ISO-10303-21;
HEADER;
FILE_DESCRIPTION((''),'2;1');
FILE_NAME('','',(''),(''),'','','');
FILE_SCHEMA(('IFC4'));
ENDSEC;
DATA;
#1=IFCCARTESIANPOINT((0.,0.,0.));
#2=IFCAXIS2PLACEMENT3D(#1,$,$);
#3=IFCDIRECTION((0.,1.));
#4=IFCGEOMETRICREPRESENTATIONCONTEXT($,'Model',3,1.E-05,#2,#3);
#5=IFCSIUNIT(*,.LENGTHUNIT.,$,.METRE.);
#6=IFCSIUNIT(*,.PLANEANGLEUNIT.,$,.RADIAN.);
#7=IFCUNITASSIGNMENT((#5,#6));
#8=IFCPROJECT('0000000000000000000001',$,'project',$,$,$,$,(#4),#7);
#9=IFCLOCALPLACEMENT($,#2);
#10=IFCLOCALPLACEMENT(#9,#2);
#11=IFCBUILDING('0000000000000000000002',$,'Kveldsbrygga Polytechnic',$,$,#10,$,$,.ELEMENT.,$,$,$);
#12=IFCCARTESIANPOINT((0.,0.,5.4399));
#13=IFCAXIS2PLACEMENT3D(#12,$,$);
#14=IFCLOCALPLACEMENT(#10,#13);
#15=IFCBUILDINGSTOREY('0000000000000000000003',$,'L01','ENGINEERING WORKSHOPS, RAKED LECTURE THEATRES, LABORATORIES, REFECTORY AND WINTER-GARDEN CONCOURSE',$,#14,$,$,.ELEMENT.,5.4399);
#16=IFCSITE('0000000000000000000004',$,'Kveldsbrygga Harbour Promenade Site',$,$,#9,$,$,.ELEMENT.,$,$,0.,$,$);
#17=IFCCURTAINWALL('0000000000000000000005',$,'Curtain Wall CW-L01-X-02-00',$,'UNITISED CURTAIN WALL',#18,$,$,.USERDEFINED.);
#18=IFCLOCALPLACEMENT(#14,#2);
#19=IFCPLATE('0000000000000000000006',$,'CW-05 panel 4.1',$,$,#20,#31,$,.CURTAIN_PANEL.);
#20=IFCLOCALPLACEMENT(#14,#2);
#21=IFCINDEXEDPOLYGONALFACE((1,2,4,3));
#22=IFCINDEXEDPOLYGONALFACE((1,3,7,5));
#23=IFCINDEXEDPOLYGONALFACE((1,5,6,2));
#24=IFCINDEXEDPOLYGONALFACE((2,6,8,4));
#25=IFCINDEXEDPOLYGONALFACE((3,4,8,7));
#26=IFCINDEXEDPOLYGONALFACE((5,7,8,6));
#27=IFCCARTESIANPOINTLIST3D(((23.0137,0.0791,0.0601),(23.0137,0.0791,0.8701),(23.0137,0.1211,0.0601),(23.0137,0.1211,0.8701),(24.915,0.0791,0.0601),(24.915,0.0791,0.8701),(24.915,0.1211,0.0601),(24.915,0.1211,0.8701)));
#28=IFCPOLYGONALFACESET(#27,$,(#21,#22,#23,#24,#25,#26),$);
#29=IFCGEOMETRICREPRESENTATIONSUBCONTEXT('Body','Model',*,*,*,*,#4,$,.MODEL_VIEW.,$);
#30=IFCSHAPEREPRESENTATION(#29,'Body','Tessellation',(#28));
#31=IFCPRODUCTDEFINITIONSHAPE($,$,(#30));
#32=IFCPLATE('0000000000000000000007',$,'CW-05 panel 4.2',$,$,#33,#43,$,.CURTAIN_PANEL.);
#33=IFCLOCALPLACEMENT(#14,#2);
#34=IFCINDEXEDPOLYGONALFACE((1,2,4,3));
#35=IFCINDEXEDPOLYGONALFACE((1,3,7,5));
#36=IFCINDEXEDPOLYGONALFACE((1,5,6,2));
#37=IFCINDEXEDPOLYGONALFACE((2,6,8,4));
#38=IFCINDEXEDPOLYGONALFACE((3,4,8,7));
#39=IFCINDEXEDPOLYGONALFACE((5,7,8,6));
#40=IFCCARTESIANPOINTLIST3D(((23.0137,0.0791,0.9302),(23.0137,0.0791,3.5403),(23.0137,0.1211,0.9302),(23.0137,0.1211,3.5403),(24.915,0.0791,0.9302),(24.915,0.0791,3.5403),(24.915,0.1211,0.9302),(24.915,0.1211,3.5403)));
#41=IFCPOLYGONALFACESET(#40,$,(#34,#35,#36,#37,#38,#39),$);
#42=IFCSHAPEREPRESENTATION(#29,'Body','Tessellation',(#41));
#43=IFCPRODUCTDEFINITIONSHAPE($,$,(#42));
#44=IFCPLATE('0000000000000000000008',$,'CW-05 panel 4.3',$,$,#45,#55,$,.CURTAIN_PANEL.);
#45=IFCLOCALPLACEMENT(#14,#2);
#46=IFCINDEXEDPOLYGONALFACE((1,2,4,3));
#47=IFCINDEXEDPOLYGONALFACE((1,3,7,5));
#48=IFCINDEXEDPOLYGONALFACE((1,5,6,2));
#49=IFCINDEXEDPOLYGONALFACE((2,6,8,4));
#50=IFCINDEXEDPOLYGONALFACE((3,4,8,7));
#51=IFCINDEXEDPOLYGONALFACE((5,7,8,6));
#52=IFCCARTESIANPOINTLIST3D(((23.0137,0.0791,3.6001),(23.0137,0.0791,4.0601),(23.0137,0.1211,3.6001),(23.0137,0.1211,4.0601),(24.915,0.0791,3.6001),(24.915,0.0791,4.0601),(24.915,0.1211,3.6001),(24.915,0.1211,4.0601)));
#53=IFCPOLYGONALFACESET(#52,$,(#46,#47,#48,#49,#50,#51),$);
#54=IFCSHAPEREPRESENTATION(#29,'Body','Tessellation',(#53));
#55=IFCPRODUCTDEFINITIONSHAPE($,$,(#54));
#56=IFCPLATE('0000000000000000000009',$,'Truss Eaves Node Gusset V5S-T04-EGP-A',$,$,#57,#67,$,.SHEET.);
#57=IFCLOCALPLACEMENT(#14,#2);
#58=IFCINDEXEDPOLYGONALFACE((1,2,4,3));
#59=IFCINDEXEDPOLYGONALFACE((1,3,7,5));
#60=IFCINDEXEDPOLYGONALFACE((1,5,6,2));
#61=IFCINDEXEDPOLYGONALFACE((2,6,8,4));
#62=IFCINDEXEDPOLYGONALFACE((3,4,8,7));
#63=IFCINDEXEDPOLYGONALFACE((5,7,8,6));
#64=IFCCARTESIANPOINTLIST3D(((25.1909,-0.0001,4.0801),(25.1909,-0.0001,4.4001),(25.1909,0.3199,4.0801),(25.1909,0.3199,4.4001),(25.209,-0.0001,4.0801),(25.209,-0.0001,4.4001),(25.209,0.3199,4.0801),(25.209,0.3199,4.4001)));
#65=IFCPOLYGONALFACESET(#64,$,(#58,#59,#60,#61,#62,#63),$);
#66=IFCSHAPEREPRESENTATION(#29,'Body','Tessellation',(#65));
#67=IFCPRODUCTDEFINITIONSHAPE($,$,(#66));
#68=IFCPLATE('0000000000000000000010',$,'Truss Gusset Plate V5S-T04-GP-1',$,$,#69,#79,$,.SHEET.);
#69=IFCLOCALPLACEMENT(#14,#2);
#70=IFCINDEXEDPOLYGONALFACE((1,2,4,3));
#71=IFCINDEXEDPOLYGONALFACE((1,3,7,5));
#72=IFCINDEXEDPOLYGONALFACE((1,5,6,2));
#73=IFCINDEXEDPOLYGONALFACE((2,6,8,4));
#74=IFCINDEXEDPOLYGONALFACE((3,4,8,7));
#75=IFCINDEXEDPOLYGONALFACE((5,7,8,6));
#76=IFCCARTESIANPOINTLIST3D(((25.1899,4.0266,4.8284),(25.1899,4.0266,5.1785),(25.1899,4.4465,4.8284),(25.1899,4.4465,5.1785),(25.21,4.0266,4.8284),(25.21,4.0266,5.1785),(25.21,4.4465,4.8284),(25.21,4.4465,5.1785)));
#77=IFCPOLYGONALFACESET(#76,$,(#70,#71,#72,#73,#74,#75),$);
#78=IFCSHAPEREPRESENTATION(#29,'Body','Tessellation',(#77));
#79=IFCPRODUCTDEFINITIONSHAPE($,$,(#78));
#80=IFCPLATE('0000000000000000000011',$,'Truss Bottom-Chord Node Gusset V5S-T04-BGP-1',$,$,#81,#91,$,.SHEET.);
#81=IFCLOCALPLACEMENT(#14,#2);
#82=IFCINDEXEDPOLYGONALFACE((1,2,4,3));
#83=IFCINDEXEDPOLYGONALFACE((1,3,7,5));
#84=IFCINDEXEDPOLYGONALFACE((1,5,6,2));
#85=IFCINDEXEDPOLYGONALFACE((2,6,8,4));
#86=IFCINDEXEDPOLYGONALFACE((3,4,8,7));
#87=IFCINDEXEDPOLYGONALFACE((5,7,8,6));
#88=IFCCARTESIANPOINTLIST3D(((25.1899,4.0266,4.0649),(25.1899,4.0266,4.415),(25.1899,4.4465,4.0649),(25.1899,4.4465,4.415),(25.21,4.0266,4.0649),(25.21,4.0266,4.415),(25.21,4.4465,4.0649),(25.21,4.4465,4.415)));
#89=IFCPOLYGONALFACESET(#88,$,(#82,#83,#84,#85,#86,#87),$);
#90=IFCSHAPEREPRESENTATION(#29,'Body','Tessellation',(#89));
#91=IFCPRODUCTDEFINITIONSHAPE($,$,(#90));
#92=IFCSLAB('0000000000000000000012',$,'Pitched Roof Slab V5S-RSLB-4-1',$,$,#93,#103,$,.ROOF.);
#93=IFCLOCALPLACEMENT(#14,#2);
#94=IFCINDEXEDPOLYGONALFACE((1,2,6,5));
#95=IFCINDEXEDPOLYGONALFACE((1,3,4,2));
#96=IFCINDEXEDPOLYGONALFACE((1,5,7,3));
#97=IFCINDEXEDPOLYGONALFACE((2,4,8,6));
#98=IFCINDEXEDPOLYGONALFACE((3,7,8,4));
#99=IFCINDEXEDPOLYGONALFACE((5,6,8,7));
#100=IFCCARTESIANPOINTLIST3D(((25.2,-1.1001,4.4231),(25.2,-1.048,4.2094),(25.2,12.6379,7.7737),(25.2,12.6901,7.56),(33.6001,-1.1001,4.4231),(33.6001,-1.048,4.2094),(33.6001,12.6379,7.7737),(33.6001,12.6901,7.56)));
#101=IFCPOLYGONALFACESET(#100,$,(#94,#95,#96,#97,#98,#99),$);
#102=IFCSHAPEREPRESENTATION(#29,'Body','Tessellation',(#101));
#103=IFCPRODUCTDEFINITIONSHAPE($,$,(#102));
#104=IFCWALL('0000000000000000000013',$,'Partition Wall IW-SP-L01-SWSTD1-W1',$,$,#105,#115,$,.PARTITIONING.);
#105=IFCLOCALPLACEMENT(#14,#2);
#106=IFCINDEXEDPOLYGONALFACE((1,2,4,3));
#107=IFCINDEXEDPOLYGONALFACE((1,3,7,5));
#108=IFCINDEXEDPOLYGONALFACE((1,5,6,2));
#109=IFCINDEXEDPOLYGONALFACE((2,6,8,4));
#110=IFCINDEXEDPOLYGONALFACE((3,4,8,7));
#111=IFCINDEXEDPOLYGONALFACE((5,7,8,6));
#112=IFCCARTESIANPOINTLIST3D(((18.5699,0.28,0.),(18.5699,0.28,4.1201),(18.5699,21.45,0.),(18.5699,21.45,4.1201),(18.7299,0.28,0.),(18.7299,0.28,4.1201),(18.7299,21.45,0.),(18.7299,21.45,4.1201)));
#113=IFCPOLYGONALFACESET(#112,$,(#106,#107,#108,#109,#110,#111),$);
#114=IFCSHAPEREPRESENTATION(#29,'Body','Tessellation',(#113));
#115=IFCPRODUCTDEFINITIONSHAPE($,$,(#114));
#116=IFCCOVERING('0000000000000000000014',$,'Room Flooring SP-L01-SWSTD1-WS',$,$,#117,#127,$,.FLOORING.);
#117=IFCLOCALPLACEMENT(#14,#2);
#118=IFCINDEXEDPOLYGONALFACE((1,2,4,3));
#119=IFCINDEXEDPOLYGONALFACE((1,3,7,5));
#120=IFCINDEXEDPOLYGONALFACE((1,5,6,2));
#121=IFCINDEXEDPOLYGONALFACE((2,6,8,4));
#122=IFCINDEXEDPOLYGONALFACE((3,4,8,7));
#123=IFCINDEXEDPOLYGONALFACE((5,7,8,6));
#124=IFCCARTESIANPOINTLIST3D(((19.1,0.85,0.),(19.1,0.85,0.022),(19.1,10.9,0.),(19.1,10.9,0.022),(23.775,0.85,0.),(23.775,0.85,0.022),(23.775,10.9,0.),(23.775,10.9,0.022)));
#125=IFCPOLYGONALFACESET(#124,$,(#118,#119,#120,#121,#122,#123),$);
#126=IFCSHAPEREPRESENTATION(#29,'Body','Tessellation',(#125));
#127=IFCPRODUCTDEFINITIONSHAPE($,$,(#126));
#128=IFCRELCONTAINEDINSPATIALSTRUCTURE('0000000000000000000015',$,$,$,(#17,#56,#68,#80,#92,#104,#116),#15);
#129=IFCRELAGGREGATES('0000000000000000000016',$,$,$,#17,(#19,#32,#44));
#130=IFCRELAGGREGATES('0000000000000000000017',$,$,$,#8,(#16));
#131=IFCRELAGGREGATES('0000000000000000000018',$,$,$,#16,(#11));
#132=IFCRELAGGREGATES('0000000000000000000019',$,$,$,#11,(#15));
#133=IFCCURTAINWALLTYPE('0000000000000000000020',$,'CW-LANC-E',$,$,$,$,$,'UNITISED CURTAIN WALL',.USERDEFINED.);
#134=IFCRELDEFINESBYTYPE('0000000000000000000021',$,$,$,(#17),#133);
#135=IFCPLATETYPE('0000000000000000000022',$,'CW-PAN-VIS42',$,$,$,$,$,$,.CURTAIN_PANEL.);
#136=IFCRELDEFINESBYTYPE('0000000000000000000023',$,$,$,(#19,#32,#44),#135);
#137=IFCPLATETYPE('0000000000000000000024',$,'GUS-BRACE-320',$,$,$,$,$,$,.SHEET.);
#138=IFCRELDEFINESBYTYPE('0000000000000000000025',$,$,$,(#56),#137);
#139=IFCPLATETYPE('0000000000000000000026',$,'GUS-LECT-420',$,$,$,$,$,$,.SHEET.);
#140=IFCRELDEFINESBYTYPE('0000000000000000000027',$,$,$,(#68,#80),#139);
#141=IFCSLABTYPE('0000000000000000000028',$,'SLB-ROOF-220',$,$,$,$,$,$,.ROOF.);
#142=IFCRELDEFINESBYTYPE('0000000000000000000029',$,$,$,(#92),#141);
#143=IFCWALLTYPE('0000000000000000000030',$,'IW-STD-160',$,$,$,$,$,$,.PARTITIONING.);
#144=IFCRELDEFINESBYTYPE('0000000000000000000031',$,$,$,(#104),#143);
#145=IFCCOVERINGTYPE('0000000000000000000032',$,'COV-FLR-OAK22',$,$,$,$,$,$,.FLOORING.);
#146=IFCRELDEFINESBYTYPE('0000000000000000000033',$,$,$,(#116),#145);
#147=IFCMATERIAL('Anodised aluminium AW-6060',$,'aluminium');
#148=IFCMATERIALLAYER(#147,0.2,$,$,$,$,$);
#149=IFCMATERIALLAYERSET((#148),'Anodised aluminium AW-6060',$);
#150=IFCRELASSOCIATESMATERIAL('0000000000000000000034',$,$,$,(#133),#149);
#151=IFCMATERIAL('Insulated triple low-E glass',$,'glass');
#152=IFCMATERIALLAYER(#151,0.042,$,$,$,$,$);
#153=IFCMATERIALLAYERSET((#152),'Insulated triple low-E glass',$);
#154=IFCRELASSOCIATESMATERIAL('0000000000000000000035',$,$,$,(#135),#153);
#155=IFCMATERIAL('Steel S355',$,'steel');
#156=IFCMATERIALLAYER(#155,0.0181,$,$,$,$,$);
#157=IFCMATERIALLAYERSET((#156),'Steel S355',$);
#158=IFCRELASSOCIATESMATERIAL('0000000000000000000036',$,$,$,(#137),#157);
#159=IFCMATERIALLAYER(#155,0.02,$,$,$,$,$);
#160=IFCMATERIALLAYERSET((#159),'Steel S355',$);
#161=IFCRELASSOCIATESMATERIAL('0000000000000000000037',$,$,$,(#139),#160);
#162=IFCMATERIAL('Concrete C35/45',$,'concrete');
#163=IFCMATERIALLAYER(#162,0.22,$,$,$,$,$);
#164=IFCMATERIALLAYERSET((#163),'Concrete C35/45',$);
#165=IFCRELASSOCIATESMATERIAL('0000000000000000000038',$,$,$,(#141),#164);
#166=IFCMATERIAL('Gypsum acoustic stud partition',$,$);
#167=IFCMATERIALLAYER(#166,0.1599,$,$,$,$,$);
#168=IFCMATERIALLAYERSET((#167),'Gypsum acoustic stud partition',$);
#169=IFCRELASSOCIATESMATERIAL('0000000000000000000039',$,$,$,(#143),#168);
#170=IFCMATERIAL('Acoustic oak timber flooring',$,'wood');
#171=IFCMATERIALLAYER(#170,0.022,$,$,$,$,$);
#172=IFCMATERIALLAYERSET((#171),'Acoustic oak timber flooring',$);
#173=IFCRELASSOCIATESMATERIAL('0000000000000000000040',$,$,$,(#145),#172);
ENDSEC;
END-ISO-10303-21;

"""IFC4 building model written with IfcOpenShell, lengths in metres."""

from ifc_helpers import new_model, si_unit, direction, frame, frame_2d, origin, origin_2d, place, context, subcontext, project, spatial, polyline, rectangle, outline, extrude, material, layer, layer_set, type_object, element, aggregate, save


model = new_model("IFC4")

# Units and contexts
model_context = context("Model", 3, precision=1e-05, world=origin(), true_north=direction((0.0, 1.0)))
body_context = subcontext(model_context, "Body", "Model", "MODEL_VIEW")
ifc_project = project(units=[si_unit("LENGTHUNIT", "METRE"), si_unit("PLANEANGLEUNIT", "RADIAN")], contexts=[model_context])

# Site, building, storey
site_placement = place(None, origin())
site = spatial("IfcSite", under=ifc_project, at=site_placement, Name="Kveldsbrygga Harbour Promenade Site", CompositionType="ELEMENT", RefElevation=0.0)
building_placement = place(site_placement, origin())
building = spatial("IfcBuilding", under=site, at=building_placement, Name="Kveldsbrygga Polytechnic", CompositionType="ELEMENT")
storey_placement = place(building_placement, frame((0.0, 0.0, 5.4399)))
storey = spatial("IfcBuildingStorey", under=building, at=storey_placement, Name="L01", Description="ENGINEERING WORKSHOPS, RAKED LECTURE THEATRES, LABORATORIES, REFECTORY AND WINTER-GARDEN CONCOURSE", CompositionType="ELEMENT", Elevation=5.4399)

# Curtain wall
ifc_material_1 = material(Name="Anodised aluminium AW-6060", Category="aluminium")
ifc_layer_1 = layer(ifc_material_1, 0.2)
ifc_layer_set_1 = layer_set([ifc_layer_1], Name="Anodised aluminium AW-6060")
curtain_wall_type = type_object("IfcCurtainWallType", Name="CW-LANC-E", ElementType="UNITISED CURTAIN WALL", PredefinedType="USERDEFINED", material=ifc_layer_set_1)
curtain_wall_placement = place(storey_placement, origin())
curtain_wall = element("IfcCurtainWall", 1, at=curtain_wall_placement, inside=storey, type_object=curtain_wall_type, Name="Curtain Wall CW-L01-X-02-00", ObjectType="UNITISED CURTAIN WALL", PredefinedType="USERDEFINED")

# Shared definitions
ifc_material_2 = material(Name="Steel S355", Category="steel")

# Plates
ifc_material_3 = material(Name="Insulated triple low-E glass", Category="glass")
ifc_layer_2 = layer(ifc_material_3, 0.042)
ifc_layer_set_2 = layer_set([ifc_layer_2], Name="Insulated triple low-E glass")
plate_type_1 = type_object("IfcPlateType", Name="CW-PAN-VIS42", PredefinedType="CURTAIN_PANEL", material=ifc_layer_set_2)
plate_1_placement = place(storey_placement, frame((23.9644, 0.1001, 0.0601), z_axis=(0.0, 0.0, 1.0), x_axis=(1.0, 0.0, 0.0)))
plate_1 = element("IfcPlate", 2, at=plate_1_placement, type_object=plate_type_1, Name="CW-05 panel 4.1", PredefinedType="CURTAIN_PANEL", context=body_context, shape_type="SweptSolid", body=[
    extrude(rectangle(XDim=1.9014, YDim=0.042, at=origin_2d()), origin(), (0.0, 0.0, 1.0), 0.8101),
])
plate_2_placement = place(storey_placement, frame((23.9644, 0.1001, 0.9302), z_axis=(0.0, 0.0, 1.0), x_axis=(1.0, 0.0, 0.0)))
plate_2 = element("IfcPlate", 3, at=plate_2_placement, type_object=plate_type_1, Name="CW-05 panel 4.2", PredefinedType="CURTAIN_PANEL", context=body_context, shape_type="SweptSolid", body=[
    extrude(rectangle(XDim=1.9014, YDim=0.042, at=origin_2d()), origin(), (0.0, 0.0, 1.0), 2.6101),
])
plate_3_placement = place(storey_placement, frame((23.9644, 0.1001, 3.6001), z_axis=(0.0, 0.0, 1.0), x_axis=(1.0, 0.0, 0.0)))
plate_3 = element("IfcPlate", 4, at=plate_3_placement, type_object=plate_type_1, Name="CW-05 panel 4.3", PredefinedType="CURTAIN_PANEL", context=body_context, shape_type="SweptSolid", body=[
    extrude(rectangle(XDim=1.9014, YDim=0.042, at=origin_2d()), origin(), (0.0, 0.0, 1.0), 0.46),
])
aggregate(curtain_wall, [plate_1, plate_2, plate_3])

# Plates
ifc_layer_3 = layer(ifc_material_2, 0.0181)
ifc_layer_set_3 = layer_set([ifc_layer_3], Name="Steel S355")
plate_type_2 = type_object("IfcPlateType", Name="GUS-BRACE-320", PredefinedType="SHEET", material=ifc_layer_set_3)
plate_4_placement = place(storey_placement, frame((25.2, 0.1599, 4.0801), z_axis=(0.0, 0.0, 1.0), x_axis=(1.0, 0.0, 0.0)))
element("IfcPlate", 5, at=plate_4_placement, inside=storey, type_object=plate_type_2, Name="Truss Eaves Node Gusset V5S-T04-EGP-A", PredefinedType="SHEET", context=body_context, shape_type="SweptSolid", body=[
    extrude(rectangle(XDim=0.0181, YDim=0.3201, at=origin_2d()), origin(), (0.0, 0.0, 1.0), 0.3201),
])
ifc_layer_4 = layer(ifc_material_2, 0.02)
ifc_layer_set_4 = layer_set([ifc_layer_4], Name="Steel S355")
plate_type_3 = type_object("IfcPlateType", Name="GUS-LECT-420", PredefinedType="SHEET", material=ifc_layer_set_4)
for number, where, z_axis, x_axis, name in (
    (6, (25.2, 4.2366, 4.8284), (0.0, 0.0, 1.0), (1.0, 0.0, 0.0), "Truss Gusset Plate V5S-T04-GP-1"),
    (7, (25.2, 4.2366, 4.0649), (0.0, 0.0, 1.0), (1.0, 0.0, 0.0), "Truss Bottom-Chord Node Gusset V5S-T04-BGP-1"),
):
    element("IfcPlate", number, at=place(storey_placement, frame(where, z_axis=z_axis, x_axis=x_axis)), inside=storey, type_object=plate_type_3, Name=name, PredefinedType="SHEET", context=body_context, shape_type="SweptSolid", body=[
        extrude(rectangle(XDim=0.02, YDim=0.4199, at=origin_2d()), origin(), (0.0, 0.0, 1.0), 0.3501),
    ])

# Slab
ifc_material_4 = material(Name="Concrete C35/45", Category="concrete")
ifc_layer_5 = layer(ifc_material_4, 0.22)
ifc_layer_set_5 = layer_set([ifc_layer_5], Name="Concrete C35/45")
slab_type = type_object("IfcSlabType", Name="SLB-ROOF-220", PredefinedType="ROOF", material=ifc_layer_set_5)
slab_placement = place(storey_placement, frame((25.2, -1.1001, 4.4231), z_axis=(0.0, -0.236946, 0.971523), x_axis=(1.0, 0.0, 0.0)))
element("IfcSlab", 8, at=slab_placement, inside=storey, type_object=slab_type, Name="Pitched Roof Slab V5S-RSLB-4-1", PredefinedType="ROOF", context=body_context, shape_type="SweptSolid", body=[
    extrude(outline(polyline([(0.0, 0.0), (8.4001, 0.0), (8.4001, 14.1407), (0.0, 14.1407), (0.0, 0.0)])), origin(), (0.0, 0.0, -1.0), 0.22),
])

# Wall
ifc_material_5 = material(Name="Gypsum acoustic stud partition")
ifc_layer_6 = layer(ifc_material_5, 0.1599)
ifc_layer_set_6 = layer_set([ifc_layer_6], Name="Gypsum acoustic stud partition")
wall_type = type_object("IfcWallType", Name="IW-STD-160", PredefinedType="PARTITIONING", material=ifc_layer_set_6)
wall_placement = place(storey_placement, frame((18.6499, 0.28, 0.0), z_axis=(0.0, 0.0, 1.0), x_axis=(0.0, 1.0, 0.0)))
element("IfcWall", 9, at=wall_placement, inside=storey, type_object=wall_type, Name="Partition Wall IW-SP-L01-SWSTD1-W1", PredefinedType="PARTITIONING", context=body_context, shape_type="SweptSolid", body=[
    extrude(rectangle(XDim=21.1699, YDim=0.1599, at=frame_2d((10.585, 0.0))), origin(), (0.0, 0.0, 1.0), 4.1201),
])

# Covering
ifc_material_6 = material(Name="Acoustic oak timber flooring", Category="wood")
ifc_layer_7 = layer(ifc_material_6, 0.022)
ifc_layer_set_7 = layer_set([ifc_layer_7], Name="Acoustic oak timber flooring")
covering_type = type_object("IfcCoveringType", Name="COV-FLR-OAK22", PredefinedType="FLOORING", material=ifc_layer_set_7)
covering_placement = place(storey_placement, frame((21.4375, 5.875, 0.0), z_axis=(0.0, 0.0, 1.0), x_axis=(1.0, 0.0, 0.0)))
element("IfcCovering", 10, at=covering_placement, inside=storey, type_object=covering_type, Name="Room Flooring SP-L01-SWSTD1-WS", PredefinedType="FLOORING", context=body_context, shape_type="SweptSolid", body=[
    extrude(rectangle(XDim=4.675, YDim=10.05, at=origin_2d()), origin(), (0.0, 0.0, 1.0), 0.022),
])

save(model, "model.ifc")
